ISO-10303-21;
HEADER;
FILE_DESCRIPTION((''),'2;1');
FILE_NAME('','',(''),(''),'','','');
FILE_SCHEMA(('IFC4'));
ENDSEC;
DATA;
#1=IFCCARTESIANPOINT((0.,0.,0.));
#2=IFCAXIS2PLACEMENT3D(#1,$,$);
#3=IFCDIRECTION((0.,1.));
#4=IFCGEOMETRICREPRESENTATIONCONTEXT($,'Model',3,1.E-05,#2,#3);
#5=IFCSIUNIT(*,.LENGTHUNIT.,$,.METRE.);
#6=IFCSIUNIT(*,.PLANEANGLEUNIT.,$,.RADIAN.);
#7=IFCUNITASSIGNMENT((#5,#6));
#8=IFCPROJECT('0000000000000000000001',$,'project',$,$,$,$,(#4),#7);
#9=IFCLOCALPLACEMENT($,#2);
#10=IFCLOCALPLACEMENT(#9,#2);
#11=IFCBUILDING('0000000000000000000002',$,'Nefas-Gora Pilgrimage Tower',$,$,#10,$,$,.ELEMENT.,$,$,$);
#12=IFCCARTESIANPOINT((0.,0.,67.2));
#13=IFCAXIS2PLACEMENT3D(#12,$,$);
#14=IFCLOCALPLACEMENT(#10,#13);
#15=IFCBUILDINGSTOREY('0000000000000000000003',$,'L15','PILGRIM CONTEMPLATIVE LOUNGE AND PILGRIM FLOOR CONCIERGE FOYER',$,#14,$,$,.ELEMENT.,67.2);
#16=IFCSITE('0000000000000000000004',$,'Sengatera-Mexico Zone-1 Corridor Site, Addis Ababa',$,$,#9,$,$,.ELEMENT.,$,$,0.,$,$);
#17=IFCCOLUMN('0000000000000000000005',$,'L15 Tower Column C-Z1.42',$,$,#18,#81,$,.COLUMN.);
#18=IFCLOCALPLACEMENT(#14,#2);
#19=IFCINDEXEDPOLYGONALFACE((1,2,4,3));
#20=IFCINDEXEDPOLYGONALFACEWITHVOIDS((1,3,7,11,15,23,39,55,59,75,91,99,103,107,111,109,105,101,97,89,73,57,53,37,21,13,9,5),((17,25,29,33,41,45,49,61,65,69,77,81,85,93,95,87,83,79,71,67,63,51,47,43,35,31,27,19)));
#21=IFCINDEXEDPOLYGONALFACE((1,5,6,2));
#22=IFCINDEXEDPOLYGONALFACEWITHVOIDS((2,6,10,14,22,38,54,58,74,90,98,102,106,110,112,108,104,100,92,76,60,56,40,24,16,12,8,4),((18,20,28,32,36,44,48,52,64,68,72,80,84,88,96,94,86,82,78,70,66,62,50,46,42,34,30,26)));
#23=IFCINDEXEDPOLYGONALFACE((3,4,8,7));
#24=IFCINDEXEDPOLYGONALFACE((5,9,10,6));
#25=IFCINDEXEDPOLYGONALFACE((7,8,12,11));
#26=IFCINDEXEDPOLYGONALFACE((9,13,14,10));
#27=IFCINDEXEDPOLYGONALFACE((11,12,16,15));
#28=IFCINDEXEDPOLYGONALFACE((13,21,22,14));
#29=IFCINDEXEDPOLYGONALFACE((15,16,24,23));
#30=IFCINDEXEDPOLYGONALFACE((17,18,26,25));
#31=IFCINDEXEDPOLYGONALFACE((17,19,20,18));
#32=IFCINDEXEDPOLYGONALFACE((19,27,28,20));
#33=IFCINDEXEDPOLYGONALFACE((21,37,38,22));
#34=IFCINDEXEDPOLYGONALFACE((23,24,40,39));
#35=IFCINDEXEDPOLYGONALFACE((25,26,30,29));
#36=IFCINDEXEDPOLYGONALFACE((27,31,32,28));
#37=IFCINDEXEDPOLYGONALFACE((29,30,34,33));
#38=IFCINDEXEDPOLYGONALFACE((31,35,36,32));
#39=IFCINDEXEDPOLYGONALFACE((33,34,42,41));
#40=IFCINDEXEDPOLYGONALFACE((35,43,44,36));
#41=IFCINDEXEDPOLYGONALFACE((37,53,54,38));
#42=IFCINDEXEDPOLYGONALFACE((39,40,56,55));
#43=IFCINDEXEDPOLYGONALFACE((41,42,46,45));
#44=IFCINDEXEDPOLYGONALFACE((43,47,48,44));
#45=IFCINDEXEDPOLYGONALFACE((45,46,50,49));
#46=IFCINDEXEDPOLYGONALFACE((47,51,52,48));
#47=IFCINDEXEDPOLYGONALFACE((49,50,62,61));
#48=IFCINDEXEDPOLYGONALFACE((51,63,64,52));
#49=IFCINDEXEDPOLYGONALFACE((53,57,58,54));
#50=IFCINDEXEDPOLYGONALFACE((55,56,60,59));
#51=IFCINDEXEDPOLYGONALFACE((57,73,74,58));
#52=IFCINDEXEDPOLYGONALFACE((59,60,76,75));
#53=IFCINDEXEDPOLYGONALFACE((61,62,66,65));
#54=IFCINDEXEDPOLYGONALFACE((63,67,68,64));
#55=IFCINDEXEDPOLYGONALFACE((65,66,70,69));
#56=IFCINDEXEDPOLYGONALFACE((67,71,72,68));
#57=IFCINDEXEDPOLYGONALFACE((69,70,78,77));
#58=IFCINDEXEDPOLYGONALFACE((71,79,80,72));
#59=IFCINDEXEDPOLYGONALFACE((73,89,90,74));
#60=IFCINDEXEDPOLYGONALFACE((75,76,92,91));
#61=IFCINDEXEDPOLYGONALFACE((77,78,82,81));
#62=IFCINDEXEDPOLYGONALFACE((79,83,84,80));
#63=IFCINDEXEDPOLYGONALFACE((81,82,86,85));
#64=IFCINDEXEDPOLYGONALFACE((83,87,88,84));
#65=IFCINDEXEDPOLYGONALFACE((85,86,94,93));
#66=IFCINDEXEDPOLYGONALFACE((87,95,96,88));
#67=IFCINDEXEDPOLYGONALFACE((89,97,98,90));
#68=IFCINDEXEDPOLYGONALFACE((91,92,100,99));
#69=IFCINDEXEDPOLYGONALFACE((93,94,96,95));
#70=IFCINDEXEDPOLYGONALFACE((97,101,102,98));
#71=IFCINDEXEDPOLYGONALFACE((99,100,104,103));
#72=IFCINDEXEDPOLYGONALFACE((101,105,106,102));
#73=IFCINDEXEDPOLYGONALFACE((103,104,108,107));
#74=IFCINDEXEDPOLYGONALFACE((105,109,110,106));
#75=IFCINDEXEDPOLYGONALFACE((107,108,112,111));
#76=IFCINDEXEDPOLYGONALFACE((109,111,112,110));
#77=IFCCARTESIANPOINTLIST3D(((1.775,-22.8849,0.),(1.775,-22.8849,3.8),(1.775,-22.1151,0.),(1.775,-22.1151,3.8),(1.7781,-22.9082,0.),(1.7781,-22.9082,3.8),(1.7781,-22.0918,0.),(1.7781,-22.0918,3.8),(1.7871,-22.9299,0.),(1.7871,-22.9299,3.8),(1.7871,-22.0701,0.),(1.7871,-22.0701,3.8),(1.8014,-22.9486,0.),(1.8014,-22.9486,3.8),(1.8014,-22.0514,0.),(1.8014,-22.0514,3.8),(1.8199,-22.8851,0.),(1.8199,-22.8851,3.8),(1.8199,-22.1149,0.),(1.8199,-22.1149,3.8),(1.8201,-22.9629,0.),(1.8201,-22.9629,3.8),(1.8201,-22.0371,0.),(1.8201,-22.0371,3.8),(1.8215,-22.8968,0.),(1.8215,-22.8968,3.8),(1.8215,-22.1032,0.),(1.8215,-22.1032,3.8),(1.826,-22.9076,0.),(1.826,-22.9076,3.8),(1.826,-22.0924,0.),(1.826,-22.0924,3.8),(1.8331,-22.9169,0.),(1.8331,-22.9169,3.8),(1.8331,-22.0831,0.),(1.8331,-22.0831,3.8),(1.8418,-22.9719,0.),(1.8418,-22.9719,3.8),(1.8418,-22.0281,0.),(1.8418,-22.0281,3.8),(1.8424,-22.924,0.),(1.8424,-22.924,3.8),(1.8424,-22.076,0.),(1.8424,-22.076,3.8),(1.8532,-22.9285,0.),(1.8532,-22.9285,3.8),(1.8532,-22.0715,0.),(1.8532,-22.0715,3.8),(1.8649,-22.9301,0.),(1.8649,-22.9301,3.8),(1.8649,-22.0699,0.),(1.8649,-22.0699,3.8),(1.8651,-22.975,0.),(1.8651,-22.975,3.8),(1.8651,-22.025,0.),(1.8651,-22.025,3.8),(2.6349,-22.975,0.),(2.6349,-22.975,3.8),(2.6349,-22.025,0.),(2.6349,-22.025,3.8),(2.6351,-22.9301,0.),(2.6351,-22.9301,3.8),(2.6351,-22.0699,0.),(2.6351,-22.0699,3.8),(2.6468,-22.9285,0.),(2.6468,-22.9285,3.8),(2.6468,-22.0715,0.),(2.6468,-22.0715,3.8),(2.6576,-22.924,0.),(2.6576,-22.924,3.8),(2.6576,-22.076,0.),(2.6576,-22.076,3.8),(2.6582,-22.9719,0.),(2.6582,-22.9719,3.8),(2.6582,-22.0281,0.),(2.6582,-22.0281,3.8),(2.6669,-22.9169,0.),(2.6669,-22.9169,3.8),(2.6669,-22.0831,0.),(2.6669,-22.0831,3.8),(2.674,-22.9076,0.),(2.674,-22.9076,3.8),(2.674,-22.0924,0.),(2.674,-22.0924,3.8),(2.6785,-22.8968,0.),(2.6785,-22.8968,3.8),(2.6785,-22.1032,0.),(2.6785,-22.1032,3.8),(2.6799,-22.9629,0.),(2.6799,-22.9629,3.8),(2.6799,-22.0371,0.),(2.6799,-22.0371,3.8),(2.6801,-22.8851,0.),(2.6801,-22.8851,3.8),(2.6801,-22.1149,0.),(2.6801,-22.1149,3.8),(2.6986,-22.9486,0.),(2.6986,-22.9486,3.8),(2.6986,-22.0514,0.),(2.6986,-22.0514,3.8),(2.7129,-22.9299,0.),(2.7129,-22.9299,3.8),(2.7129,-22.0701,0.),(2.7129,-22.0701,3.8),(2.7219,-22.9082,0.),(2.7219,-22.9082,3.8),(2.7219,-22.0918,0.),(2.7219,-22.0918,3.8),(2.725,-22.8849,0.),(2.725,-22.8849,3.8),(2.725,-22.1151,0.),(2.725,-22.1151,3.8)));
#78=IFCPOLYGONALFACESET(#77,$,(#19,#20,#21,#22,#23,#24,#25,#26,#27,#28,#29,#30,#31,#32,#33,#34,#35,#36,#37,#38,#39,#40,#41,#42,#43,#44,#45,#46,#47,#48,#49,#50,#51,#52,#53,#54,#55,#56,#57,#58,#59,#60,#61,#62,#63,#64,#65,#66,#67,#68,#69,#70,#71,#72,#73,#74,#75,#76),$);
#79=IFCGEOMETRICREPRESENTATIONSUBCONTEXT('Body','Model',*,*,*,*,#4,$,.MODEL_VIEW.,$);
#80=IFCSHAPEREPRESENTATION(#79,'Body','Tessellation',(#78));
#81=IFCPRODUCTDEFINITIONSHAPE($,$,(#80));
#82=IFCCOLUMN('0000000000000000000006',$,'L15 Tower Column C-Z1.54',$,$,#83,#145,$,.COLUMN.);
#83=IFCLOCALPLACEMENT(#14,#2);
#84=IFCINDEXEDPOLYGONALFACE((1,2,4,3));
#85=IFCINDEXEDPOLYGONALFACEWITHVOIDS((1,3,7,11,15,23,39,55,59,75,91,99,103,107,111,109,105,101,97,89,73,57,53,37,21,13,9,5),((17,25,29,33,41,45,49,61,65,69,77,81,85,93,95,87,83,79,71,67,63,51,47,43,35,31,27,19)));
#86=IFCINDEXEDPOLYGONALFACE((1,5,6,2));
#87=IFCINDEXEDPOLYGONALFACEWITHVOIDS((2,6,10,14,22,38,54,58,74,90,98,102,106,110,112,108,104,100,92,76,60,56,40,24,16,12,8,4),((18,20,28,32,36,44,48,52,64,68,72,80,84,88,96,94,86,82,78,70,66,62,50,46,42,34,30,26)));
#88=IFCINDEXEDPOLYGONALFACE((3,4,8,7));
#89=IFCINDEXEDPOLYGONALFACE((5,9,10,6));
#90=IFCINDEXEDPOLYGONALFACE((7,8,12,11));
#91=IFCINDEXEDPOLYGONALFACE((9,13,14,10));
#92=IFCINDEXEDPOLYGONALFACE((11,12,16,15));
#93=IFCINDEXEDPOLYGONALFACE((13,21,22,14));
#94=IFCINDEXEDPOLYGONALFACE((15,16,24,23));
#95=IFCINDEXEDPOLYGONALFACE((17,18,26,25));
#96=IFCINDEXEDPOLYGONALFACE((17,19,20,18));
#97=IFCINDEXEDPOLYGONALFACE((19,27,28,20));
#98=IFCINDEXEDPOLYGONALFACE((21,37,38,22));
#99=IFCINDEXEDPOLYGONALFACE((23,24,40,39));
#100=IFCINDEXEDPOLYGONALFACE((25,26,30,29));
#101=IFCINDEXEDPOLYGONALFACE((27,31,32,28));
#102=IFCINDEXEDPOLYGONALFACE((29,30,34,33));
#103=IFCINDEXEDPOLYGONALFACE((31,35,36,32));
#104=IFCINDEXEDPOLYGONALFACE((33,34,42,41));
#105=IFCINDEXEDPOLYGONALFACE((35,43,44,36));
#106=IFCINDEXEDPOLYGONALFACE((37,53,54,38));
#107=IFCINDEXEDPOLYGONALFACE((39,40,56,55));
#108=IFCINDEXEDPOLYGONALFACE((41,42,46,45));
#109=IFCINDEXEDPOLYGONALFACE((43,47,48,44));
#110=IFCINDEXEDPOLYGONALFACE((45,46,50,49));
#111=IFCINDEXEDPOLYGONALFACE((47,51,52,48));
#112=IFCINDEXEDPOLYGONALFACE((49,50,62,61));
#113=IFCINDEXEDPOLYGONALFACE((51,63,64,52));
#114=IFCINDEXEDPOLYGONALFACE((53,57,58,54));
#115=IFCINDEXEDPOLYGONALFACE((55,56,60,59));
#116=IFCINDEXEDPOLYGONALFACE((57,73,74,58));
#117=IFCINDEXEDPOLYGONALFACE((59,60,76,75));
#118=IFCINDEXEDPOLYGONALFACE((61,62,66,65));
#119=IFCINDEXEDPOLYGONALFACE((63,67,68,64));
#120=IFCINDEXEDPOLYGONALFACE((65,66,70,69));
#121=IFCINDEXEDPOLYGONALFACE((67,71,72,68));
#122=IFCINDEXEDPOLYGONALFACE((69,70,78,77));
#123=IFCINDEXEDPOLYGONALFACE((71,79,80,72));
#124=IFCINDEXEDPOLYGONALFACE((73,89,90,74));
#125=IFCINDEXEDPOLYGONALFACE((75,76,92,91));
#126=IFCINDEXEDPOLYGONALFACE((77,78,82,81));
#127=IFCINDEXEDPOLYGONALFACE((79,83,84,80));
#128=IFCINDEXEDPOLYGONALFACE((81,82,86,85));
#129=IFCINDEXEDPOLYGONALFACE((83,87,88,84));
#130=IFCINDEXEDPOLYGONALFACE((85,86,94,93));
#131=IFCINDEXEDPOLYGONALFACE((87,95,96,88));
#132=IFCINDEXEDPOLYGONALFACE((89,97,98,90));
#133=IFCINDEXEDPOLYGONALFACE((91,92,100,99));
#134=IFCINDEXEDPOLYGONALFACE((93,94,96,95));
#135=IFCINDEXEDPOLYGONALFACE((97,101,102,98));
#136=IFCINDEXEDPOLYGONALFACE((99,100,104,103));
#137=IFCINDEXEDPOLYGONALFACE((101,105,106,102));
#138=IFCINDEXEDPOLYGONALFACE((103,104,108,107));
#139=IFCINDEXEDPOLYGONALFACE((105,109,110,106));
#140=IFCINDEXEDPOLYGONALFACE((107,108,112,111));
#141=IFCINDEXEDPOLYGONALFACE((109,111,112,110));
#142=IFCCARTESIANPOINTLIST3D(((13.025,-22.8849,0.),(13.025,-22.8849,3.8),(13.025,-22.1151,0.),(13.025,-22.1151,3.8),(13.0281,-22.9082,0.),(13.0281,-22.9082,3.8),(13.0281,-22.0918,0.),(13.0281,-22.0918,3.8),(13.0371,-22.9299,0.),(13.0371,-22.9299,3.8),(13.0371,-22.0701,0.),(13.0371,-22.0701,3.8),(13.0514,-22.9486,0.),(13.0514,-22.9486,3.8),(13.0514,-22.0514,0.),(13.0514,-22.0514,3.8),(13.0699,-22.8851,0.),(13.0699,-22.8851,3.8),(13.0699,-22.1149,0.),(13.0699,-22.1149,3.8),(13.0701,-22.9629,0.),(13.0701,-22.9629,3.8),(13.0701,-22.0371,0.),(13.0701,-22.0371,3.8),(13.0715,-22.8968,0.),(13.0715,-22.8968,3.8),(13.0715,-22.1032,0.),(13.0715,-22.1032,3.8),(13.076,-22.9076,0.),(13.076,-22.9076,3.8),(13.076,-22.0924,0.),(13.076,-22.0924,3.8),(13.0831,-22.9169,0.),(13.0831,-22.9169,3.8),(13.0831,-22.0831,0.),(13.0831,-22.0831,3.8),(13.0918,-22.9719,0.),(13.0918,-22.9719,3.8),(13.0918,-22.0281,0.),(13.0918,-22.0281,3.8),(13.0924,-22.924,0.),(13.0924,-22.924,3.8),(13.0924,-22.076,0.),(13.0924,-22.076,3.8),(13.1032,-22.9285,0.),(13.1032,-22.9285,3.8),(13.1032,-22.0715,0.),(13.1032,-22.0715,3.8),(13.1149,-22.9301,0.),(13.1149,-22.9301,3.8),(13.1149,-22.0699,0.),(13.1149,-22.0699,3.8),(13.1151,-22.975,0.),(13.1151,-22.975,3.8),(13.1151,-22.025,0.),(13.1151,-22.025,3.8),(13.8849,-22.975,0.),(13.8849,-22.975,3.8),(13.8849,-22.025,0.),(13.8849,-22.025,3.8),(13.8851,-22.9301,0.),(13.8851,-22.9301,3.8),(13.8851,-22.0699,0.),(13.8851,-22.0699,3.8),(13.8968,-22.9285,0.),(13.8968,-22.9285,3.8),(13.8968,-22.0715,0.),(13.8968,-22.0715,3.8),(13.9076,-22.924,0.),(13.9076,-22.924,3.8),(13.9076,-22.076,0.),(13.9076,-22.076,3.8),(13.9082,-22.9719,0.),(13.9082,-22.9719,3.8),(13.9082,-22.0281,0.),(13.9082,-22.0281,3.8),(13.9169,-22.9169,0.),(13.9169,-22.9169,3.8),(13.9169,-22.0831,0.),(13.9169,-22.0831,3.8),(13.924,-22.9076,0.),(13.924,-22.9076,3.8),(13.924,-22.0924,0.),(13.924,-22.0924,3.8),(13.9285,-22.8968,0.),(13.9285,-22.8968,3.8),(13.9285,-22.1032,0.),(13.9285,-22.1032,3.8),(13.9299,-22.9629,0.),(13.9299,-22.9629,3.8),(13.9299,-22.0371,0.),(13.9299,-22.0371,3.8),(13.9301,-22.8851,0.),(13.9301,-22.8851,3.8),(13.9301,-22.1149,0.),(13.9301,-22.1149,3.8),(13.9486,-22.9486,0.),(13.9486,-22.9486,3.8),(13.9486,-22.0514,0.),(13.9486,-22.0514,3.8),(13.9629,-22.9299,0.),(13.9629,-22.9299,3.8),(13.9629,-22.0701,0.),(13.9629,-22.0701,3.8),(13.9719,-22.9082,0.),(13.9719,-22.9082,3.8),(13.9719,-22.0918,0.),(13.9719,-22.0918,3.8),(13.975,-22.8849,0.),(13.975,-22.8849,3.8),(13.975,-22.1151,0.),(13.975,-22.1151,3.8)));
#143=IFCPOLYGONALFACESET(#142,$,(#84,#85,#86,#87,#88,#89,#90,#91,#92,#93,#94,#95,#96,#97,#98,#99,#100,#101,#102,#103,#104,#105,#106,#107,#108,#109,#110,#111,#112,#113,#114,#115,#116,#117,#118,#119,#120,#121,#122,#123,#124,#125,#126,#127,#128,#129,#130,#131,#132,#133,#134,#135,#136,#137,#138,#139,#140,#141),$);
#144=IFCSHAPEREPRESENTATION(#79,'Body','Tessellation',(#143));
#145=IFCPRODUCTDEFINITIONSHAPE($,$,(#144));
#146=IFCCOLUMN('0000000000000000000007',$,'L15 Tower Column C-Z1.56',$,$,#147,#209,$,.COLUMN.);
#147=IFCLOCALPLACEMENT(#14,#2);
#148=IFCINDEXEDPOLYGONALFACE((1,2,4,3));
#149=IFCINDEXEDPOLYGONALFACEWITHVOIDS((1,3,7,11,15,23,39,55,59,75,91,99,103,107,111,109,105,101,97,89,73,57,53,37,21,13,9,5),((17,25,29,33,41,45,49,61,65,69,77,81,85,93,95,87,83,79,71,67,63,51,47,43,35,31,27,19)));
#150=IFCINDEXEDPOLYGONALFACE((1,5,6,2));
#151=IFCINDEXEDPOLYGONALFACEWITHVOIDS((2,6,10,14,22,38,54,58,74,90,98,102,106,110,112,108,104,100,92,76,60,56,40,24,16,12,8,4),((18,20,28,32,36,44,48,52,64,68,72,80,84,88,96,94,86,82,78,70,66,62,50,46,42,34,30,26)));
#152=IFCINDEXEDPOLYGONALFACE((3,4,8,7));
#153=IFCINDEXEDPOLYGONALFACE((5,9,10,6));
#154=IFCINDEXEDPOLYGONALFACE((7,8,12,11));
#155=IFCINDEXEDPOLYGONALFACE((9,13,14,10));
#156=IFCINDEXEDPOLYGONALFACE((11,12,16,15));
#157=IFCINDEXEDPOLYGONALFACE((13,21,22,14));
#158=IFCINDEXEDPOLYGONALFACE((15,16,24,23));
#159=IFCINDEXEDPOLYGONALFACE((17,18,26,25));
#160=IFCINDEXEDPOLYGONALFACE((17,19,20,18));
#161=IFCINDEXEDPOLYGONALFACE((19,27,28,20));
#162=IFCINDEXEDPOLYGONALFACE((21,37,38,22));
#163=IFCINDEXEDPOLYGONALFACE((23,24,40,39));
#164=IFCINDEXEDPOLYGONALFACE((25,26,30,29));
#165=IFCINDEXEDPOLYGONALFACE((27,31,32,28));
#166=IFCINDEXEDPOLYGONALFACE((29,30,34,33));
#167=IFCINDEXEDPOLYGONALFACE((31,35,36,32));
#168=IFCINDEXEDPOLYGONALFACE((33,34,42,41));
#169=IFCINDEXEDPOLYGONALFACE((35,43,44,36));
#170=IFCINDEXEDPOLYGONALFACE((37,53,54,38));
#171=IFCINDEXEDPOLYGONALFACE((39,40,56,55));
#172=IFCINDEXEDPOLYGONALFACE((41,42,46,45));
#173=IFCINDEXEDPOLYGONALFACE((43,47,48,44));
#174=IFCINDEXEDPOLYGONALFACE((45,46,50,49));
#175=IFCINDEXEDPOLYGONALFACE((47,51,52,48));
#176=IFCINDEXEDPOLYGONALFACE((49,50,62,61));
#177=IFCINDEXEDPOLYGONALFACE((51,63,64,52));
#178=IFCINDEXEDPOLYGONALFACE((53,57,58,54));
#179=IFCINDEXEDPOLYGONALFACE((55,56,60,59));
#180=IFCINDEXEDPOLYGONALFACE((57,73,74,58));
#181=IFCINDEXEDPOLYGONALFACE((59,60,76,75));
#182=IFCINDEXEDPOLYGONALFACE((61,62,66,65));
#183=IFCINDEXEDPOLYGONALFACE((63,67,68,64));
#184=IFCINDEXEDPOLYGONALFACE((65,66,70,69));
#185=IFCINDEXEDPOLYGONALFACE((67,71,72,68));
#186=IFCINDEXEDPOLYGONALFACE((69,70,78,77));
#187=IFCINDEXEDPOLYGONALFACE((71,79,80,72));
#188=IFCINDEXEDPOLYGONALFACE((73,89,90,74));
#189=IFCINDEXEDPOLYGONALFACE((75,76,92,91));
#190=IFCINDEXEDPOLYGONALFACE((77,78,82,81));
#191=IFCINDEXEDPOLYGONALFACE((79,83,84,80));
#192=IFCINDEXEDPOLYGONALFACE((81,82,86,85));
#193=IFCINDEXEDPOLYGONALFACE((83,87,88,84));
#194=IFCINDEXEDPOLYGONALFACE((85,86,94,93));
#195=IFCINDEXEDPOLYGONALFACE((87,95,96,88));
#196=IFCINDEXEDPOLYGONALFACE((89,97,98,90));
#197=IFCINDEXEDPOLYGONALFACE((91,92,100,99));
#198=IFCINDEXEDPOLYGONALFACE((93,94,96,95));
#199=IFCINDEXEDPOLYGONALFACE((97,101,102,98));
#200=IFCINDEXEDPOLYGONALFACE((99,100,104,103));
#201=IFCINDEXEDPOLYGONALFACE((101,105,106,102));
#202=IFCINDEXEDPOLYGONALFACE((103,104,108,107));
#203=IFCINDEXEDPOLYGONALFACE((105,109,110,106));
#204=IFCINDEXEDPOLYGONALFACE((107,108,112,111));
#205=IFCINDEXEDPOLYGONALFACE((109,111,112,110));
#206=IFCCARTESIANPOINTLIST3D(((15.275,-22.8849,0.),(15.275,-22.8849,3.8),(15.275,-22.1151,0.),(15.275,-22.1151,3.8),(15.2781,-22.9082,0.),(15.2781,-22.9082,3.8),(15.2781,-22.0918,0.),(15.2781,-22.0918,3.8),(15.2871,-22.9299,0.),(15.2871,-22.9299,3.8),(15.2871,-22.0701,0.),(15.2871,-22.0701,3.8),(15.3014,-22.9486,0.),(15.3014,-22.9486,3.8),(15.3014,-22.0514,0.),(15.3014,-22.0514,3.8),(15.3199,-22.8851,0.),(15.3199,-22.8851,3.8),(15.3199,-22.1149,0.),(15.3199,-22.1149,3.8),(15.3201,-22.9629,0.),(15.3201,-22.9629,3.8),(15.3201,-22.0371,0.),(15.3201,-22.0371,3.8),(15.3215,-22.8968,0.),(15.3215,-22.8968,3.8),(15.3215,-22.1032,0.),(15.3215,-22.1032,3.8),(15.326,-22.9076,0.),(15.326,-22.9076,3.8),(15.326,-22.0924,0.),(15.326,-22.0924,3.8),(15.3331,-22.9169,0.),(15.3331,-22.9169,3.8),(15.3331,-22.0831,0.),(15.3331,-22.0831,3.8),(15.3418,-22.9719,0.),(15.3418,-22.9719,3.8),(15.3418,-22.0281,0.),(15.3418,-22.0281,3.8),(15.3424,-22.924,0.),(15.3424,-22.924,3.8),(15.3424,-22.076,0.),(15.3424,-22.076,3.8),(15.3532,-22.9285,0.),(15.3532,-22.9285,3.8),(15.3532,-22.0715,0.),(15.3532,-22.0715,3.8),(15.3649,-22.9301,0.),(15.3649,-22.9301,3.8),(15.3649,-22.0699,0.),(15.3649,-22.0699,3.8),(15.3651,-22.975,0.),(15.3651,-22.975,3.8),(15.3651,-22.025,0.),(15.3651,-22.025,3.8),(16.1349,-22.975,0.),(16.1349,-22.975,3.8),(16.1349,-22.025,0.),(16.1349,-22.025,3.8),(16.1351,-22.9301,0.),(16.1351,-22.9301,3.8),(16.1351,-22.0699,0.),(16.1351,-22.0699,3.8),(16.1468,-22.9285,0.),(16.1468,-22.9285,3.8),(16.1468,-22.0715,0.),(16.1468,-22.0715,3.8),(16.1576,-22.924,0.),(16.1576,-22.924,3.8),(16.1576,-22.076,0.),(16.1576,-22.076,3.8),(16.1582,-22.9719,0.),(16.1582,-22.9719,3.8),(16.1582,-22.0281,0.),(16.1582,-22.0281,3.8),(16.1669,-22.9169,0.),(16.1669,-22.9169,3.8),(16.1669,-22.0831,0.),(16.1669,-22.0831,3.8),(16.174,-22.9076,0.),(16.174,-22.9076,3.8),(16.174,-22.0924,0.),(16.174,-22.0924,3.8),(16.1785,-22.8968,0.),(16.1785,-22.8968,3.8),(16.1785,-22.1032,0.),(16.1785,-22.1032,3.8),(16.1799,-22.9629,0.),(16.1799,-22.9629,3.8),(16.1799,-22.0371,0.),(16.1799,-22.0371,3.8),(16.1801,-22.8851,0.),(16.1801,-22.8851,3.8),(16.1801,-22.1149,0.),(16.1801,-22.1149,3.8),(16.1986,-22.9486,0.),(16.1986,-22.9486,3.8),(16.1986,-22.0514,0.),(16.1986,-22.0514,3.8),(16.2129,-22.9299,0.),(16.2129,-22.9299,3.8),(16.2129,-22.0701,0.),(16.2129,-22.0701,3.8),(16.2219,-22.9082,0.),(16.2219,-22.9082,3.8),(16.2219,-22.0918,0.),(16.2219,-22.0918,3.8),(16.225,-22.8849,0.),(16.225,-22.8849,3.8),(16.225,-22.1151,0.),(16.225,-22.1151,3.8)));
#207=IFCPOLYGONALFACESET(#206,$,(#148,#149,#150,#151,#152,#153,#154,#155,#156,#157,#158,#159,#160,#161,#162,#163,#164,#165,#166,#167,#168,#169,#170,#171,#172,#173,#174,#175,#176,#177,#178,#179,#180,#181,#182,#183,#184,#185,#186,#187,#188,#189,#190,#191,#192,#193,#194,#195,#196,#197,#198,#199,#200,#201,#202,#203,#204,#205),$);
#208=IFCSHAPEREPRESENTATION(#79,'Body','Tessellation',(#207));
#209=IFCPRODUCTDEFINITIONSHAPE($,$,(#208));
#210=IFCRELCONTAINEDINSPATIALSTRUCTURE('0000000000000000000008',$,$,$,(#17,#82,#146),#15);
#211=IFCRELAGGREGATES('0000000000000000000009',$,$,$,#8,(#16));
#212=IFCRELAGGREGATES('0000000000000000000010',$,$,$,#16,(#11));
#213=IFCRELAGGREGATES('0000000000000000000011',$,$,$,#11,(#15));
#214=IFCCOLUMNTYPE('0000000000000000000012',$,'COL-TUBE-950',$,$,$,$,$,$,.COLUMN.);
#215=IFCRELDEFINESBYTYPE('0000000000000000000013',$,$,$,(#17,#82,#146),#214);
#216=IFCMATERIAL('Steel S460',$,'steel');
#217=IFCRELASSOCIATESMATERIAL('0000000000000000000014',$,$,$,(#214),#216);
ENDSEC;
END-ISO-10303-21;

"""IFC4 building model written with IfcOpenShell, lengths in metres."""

from ifc_helpers import new_model, si_unit, direction, frame, origin, origin_2d, place, context, subcontext, project, spatial, hollow_rectangle, extrude, source, transform, mapped, material, material_profile, profile_set, type_object, element, save


model = new_model("IFC4")

# Units and contexts
model_context = context("Model", 3, precision=1e-05, world=origin(), true_north=direction((0.0, 1.0)))
body_context = subcontext(model_context, "Body", "Model", "MODEL_VIEW")
ifc_project = project(units=[si_unit("LENGTHUNIT", "METRE"), si_unit("PLANEANGLEUNIT", "RADIAN")], contexts=[model_context])

# Site, building, storey
site_placement = place(None, origin())
site = spatial("IfcSite", under=ifc_project, at=site_placement, Name="Sengatera-Mexico Zone-1 Corridor Site, Addis Ababa", CompositionType="ELEMENT", RefElevation=0.0)
building_placement = place(site_placement, origin())
building = spatial("IfcBuilding", under=site, at=building_placement, Name="Nefas-Gora Pilgrimage Tower", CompositionType="ELEMENT")
storey_placement = place(building_placement, frame((0.0, 0.0, 67.2)))
storey = spatial("IfcBuildingStorey", under=building, at=storey_placement, Name="L15", Description="PILGRIM CONTEMPLATIVE LOUNGE AND PILGRIM FLOOR CONCIERGE FOYER", CompositionType="ELEMENT", Elevation=67.2)

# Columns
ifc_material_1 = material(Name="Steel S460", Category="steel")
ifc_material_profile_1 = material_profile(ifc_material_1, hollow_rectangle(XDim=0.95, YDim=0.95, WallThickness=0.0449, InnerFilletRadius=0.0449, OuterFilletRadius=0.0901, at=origin_2d()), Name="BOX 950x950x45")
ifc_profile_set_1 = profile_set([ifc_material_profile_1], Name="Steel S460")
column_type_1 = type_object("IfcColumnType", Name="COL-TUBE-950", PredefinedType="COLUMN", material=ifc_profile_set_1)
shared_shape_1 = source(origin(), body_context, "Body", "SweptSolid", [
    extrude(hollow_rectangle(XDim=0.95, YDim=0.95, WallThickness=0.0449, InnerFilletRadius=0.0449, OuterFilletRadius=0.0901, at=origin_2d()), origin(), (0.0, 0.0, 1.0), 3.8),
])
for number, where, z_axis, x_axis, name in (
    (1, (2.25, -22.5, 0.0), (0.0, 0.0, 1.0), (1.0, 0.0, 0.0), "L15 Tower Column C-Z1.42"),
    (2, (13.5, -22.5, 0.0), (0.0, 0.0, 1.0), (1.0, 0.0, 0.0), "L15 Tower Column C-Z1.54"),
    (3, (15.75, -22.5, 0.0), (0.0, 0.0, 1.0), (1.0, 0.0, 0.0), "L15 Tower Column C-Z1.56"),
):
    element("IfcColumn", number, at=place(storey_placement, frame(where, z_axis=z_axis, x_axis=x_axis)), inside=storey, type_object=column_type_1, Name=name, PredefinedType="COLUMN", context=body_context, shape_type="MappedRepresentation", body=[
        mapped(shared_shape_1, transform((0.0, 0.0, 0.0), x_axis=(1.0, 0.0, 0.0), y_axis=(0.0, 1.0, 0.0), z_axis=(0.0, 0.0, 1.0), scale=1.0)),
    ])

save(model, "model.ifc")
